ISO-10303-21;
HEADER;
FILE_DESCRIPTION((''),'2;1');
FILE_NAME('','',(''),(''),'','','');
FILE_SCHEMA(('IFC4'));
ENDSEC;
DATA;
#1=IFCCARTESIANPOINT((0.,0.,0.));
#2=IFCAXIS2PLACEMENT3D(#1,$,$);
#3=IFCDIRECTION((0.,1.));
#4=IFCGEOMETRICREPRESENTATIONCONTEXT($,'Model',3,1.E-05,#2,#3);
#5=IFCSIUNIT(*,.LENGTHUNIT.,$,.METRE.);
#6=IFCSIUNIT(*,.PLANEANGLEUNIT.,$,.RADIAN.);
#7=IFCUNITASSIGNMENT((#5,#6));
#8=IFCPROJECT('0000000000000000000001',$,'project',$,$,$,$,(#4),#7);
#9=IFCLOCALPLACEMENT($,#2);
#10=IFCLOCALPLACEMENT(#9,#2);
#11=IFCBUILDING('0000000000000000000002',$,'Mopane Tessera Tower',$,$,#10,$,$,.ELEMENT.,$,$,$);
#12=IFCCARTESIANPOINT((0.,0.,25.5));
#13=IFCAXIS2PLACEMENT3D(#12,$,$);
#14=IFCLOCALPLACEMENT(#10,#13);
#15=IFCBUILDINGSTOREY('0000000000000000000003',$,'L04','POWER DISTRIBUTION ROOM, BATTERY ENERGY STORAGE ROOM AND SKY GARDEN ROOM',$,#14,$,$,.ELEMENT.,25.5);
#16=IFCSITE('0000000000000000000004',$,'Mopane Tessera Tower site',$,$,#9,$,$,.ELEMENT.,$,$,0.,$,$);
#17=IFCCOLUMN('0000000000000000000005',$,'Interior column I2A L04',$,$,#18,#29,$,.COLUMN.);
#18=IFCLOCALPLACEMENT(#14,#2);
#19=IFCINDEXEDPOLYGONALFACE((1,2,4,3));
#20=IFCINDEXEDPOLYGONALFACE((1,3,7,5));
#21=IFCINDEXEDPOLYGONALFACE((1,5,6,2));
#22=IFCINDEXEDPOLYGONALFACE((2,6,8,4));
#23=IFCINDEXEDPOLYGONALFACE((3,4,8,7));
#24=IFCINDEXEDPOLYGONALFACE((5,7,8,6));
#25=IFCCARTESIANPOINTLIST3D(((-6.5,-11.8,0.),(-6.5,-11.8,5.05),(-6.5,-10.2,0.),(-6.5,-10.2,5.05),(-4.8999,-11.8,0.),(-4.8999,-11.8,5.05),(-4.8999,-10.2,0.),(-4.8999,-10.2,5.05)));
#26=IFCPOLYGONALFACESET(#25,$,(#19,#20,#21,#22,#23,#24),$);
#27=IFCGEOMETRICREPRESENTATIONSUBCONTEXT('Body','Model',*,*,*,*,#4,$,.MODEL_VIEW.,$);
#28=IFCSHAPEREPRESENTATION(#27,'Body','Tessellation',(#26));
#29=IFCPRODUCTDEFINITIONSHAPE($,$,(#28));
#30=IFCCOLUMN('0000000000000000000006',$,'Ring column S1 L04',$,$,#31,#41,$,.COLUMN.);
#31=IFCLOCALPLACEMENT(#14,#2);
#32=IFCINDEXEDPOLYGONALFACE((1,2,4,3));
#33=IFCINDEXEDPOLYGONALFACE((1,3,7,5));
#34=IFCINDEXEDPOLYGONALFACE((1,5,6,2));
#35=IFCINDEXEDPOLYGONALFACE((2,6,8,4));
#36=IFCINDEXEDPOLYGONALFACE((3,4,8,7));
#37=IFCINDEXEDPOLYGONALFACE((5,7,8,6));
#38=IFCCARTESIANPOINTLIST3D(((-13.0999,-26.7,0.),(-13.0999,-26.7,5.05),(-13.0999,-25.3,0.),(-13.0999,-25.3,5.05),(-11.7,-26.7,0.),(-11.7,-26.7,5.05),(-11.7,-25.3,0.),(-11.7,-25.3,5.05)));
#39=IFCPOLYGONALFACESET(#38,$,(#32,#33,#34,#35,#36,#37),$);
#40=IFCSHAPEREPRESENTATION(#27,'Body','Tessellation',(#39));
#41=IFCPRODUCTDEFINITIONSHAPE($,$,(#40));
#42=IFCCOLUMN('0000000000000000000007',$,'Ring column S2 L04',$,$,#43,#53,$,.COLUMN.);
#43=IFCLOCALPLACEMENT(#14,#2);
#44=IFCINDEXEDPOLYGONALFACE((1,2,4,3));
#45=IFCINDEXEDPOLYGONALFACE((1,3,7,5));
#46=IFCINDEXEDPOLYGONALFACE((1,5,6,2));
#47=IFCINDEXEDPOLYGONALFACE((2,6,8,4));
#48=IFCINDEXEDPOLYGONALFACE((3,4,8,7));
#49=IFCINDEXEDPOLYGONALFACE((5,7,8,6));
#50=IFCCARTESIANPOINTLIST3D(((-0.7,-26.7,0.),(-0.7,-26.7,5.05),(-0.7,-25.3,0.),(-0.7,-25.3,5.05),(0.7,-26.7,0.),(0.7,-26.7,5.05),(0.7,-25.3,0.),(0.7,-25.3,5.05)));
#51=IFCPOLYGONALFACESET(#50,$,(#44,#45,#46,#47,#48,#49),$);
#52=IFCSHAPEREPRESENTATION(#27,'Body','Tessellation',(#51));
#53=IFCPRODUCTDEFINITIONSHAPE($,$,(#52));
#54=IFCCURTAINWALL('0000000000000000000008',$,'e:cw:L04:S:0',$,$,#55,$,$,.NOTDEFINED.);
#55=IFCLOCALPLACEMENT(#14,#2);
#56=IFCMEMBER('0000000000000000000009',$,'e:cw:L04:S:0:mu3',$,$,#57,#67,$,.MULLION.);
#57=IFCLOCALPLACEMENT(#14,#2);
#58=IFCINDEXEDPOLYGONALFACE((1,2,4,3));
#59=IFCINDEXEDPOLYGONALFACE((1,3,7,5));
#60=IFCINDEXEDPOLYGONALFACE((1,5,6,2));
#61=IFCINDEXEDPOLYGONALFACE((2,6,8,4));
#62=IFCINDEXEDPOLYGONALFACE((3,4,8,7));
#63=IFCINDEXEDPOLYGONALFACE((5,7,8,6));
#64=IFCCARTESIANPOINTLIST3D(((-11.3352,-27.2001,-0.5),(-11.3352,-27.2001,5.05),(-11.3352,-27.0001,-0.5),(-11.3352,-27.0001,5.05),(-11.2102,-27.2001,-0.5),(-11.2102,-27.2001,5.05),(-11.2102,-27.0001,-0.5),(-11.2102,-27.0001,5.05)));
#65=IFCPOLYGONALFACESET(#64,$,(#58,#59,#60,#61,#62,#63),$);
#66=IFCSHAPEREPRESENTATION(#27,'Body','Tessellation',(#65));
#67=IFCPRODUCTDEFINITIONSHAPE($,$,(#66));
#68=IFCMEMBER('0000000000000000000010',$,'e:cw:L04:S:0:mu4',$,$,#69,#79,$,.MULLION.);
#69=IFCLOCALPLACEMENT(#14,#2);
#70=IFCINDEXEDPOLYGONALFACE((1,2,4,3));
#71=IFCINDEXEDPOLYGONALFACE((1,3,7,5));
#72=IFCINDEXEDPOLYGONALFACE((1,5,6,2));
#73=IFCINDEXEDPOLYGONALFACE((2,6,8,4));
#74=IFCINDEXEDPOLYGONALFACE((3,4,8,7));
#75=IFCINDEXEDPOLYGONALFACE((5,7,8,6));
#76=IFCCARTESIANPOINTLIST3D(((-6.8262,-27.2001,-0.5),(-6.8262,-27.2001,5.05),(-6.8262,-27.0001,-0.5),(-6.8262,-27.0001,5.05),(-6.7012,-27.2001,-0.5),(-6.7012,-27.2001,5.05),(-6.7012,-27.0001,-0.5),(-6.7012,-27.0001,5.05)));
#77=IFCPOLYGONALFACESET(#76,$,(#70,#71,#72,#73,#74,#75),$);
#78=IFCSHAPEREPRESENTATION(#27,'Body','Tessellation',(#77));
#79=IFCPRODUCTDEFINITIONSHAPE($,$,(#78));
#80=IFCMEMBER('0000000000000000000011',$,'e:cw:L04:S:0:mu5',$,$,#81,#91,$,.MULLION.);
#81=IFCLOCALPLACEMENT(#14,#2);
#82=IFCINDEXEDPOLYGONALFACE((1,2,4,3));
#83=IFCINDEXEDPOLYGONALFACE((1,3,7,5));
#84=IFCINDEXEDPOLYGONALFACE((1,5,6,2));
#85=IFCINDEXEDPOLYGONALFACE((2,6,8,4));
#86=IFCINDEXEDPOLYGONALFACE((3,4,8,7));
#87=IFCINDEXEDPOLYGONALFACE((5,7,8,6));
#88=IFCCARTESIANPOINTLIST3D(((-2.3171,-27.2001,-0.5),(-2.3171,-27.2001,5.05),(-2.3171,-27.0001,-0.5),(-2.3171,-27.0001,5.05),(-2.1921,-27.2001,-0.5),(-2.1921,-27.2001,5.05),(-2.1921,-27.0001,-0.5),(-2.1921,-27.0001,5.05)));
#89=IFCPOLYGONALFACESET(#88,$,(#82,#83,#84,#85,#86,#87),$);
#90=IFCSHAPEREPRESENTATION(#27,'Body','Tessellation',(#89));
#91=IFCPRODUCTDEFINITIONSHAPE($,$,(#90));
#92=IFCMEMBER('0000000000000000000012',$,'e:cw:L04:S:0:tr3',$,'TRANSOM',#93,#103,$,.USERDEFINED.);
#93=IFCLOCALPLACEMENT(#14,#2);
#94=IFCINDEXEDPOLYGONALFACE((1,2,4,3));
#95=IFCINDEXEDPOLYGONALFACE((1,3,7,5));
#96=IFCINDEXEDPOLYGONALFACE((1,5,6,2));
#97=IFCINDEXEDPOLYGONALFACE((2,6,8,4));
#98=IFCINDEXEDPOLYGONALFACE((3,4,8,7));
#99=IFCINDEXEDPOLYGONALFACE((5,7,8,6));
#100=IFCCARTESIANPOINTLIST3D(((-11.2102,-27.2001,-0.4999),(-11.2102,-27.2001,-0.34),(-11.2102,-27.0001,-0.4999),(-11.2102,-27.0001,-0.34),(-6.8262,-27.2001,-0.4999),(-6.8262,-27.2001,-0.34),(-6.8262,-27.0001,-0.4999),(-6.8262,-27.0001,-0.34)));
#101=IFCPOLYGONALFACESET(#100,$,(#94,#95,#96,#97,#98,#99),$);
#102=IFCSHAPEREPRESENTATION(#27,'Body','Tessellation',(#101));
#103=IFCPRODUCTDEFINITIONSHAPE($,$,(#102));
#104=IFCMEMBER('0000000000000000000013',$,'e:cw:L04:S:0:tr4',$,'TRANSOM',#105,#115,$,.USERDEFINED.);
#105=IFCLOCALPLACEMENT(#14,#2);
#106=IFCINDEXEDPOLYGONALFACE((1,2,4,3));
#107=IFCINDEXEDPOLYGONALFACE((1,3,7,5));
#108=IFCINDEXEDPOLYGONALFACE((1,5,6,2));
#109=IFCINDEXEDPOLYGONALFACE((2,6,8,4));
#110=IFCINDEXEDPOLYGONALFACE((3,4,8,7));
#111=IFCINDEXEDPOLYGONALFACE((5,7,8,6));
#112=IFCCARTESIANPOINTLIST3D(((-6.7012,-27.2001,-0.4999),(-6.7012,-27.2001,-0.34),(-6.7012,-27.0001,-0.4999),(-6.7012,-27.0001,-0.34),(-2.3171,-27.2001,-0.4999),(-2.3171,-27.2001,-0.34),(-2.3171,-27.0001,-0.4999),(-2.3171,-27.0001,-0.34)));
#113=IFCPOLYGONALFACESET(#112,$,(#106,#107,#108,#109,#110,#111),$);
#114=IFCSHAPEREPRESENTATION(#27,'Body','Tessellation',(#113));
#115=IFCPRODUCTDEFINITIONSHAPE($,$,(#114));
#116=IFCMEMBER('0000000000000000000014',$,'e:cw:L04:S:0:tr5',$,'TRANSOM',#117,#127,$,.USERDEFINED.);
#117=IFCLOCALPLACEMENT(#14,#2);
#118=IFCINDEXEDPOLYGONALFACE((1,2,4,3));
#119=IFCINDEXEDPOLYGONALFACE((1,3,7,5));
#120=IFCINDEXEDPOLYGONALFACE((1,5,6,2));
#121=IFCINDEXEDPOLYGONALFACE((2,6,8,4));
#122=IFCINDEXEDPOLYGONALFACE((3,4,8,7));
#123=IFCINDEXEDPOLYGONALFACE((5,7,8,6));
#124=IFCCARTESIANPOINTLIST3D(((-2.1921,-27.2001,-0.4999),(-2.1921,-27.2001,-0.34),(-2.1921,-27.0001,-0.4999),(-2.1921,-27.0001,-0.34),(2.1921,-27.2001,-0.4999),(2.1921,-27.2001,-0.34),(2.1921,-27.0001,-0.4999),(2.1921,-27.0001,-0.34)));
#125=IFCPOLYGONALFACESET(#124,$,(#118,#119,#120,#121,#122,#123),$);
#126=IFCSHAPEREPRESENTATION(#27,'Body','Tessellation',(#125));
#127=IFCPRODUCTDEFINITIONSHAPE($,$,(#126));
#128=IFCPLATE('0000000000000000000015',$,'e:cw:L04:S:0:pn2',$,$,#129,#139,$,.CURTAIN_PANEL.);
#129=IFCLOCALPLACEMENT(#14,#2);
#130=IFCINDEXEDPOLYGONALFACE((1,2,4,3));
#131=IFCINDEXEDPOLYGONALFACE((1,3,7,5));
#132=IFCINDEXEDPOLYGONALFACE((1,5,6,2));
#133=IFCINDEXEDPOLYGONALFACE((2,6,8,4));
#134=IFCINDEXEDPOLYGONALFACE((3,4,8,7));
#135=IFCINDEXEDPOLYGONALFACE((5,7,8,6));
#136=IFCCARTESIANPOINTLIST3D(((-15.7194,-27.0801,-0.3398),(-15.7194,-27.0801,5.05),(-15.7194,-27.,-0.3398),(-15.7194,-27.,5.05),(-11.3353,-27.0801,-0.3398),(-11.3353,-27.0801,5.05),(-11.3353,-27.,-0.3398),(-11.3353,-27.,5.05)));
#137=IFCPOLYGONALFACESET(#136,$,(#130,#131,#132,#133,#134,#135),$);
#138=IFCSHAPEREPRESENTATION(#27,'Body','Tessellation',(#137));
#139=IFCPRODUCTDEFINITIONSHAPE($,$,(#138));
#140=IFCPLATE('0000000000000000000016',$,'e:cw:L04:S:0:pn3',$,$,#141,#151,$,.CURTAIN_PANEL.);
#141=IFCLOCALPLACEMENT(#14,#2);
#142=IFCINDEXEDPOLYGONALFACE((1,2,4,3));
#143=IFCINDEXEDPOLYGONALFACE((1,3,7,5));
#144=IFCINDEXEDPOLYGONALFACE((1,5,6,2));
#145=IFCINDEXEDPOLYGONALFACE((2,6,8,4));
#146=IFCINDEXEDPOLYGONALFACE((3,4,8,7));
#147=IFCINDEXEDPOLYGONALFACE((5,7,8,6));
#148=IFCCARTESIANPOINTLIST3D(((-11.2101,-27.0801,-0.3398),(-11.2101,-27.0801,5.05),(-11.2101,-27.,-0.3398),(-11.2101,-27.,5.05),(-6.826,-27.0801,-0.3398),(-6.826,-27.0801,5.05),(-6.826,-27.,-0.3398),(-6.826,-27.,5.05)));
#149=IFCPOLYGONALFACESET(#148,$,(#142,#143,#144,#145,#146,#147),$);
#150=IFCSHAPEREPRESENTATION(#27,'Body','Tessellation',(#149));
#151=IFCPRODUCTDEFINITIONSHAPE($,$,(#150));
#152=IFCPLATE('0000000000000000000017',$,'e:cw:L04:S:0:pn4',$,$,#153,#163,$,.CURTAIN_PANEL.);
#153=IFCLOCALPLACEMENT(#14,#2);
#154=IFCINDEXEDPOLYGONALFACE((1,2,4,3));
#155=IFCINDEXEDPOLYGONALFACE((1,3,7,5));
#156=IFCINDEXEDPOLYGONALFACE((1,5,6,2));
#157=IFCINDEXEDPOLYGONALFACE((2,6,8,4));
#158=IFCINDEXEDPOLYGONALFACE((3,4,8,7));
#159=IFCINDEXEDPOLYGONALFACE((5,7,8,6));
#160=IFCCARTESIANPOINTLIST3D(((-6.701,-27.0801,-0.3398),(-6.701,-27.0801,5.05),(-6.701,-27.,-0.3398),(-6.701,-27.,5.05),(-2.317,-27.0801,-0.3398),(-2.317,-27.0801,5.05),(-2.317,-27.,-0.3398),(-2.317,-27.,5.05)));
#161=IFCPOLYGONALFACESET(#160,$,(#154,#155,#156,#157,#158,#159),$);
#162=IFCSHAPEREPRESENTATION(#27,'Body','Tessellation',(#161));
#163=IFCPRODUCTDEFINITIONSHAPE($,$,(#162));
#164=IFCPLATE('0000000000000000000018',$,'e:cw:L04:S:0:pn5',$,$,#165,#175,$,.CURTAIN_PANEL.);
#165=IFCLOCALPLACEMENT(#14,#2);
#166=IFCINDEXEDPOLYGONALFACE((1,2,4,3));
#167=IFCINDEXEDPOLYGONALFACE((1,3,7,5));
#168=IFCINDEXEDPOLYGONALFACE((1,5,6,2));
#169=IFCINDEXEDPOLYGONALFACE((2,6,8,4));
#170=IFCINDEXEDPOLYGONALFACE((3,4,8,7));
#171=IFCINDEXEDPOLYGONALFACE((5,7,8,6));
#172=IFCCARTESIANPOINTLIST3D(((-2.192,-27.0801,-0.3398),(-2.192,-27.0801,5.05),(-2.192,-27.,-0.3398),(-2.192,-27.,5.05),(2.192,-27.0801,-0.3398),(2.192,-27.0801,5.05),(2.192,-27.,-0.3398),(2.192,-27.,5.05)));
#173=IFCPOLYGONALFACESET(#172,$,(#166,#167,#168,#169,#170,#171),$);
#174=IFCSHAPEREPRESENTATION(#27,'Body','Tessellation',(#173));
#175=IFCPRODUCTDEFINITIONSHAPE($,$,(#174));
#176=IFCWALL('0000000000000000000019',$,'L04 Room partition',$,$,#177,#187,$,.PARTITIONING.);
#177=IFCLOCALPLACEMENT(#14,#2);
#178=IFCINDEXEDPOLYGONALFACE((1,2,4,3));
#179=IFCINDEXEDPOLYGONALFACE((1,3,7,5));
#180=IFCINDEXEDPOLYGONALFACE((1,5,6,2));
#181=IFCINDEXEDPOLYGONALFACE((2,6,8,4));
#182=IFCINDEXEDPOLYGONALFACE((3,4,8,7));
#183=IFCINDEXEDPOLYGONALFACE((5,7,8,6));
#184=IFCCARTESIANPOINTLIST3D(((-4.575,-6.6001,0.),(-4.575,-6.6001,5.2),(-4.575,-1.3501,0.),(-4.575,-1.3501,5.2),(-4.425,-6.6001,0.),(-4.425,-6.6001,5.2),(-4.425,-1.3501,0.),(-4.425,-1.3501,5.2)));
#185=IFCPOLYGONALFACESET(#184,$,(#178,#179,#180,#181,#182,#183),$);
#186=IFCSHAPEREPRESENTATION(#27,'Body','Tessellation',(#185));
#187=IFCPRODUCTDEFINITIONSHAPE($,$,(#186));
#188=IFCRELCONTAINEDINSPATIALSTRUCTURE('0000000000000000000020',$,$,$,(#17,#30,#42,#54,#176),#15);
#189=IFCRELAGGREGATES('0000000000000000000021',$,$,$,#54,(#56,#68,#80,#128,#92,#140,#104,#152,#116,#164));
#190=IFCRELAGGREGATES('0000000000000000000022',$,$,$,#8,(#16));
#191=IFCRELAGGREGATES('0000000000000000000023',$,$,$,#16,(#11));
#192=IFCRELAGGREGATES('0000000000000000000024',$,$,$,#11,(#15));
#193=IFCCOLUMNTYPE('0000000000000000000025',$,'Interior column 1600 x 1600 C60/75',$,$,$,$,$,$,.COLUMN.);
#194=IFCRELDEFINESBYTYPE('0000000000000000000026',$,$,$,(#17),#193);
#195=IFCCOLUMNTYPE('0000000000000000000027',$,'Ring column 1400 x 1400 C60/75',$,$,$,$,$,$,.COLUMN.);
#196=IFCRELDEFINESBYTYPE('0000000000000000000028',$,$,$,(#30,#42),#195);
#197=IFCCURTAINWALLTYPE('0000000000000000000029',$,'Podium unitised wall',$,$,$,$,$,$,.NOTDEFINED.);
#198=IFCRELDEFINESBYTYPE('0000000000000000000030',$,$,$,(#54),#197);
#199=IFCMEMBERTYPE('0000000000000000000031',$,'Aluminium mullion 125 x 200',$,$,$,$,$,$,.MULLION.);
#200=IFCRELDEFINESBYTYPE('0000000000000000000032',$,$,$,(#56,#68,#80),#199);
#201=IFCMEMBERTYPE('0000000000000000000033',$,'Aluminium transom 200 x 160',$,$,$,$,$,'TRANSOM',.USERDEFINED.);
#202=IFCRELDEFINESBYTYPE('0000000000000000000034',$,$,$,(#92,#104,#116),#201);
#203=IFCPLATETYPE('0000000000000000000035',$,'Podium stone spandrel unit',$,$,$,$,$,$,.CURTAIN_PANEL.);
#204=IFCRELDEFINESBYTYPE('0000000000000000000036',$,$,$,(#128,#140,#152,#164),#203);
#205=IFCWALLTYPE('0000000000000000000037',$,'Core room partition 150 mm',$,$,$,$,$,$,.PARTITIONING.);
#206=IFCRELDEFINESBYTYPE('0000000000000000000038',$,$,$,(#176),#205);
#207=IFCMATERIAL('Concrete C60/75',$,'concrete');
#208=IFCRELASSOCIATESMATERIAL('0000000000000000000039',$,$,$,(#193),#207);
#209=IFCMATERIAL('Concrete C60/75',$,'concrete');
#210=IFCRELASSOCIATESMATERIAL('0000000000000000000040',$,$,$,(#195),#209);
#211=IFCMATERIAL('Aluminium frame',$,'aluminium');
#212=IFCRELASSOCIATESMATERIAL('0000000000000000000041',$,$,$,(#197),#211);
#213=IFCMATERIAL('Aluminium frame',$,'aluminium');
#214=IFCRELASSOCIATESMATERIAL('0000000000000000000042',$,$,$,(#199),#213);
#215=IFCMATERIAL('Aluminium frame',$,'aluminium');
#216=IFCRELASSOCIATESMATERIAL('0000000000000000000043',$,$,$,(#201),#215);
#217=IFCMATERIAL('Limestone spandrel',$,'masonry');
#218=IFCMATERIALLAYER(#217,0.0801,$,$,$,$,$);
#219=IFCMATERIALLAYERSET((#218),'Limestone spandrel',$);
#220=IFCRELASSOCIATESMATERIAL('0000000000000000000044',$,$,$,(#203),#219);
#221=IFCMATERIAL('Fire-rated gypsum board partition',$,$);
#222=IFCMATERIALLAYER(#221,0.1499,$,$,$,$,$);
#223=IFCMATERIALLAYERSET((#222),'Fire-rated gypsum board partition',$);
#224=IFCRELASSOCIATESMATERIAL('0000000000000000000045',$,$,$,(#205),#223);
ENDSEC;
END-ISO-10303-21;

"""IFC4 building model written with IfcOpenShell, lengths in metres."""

from ifc_helpers import new_model, si_unit, direction, frame, frame_2d, origin, origin_2d, place, context, subcontext, project, spatial, rectangle, extrude, material, layer, layer_set, material_profile, profile_set, type_object, element, aggregate, save


model = new_model("IFC4")

# Units and contexts
model_context = context("Model", 3, precision=1e-05, world=origin(), true_north=direction((0.0, 1.0)))
body_context = subcontext(model_context, "Body", "Model", "MODEL_VIEW")
ifc_project = project(units=[si_unit("LENGTHUNIT", "METRE"), si_unit("PLANEANGLEUNIT", "RADIAN")], contexts=[model_context])

# Site, building, storey
site_placement = place(None, origin())
site = spatial("IfcSite", under=ifc_project, at=site_placement, Name="Mopane Tessera Tower site", CompositionType="ELEMENT", RefElevation=0.0)
building_placement = place(site_placement, origin())
building = spatial("IfcBuilding", under=site, at=building_placement, Name="Mopane Tessera Tower", CompositionType="ELEMENT")
storey_placement = place(building_placement, frame((0.0, 0.0, 25.5)))
storey = spatial("IfcBuildingStorey", under=building, at=storey_placement, Name="L04", Description="POWER DISTRIBUTION ROOM, BATTERY ENERGY STORAGE ROOM AND SKY GARDEN ROOM", CompositionType="ELEMENT", Elevation=25.5)

# Columns
ifc_material_1 = material(Name="Concrete C60/75", Category="concrete")
ifc_material_profile_1 = material_profile(ifc_material_1, rectangle(XDim=1.6001, YDim=1.6001, at=origin_2d()))
ifc_profile_set_1 = profile_set([ifc_material_profile_1], Name="Concrete C60/75")
column_type_1 = type_object("IfcColumnType", Name="Interior column 1600 x 1600 C60/75", PredefinedType="COLUMN", material=ifc_profile_set_1)
column_placement = place(storey_placement, frame((-5.7, -11.0, 0.0), z_axis=(0.0, 0.0, 1.0), x_axis=(1.0, 0.0, 0.0)))
element("IfcColumn", 1, at=column_placement, inside=storey, type_object=column_type_1, Name="Interior column I2A L04", PredefinedType="COLUMN", context=body_context, shape_type="SweptSolid", body=[
    extrude(rectangle(XDim=1.6001, YDim=1.6001, at=origin_2d()), origin(), (0.0, 0.0, 1.0), 5.05),
])
ifc_material_2 = material(Name="Concrete C60/75", Category="concrete")
ifc_material_profile_2 = material_profile(ifc_material_2, rectangle(XDim=1.3999, YDim=1.3999, at=origin_2d()))
ifc_profile_set_2 = profile_set([ifc_material_profile_2], Name="Concrete C60/75")
column_type_2 = type_object("IfcColumnType", Name="Ring column 1400 x 1400 C60/75", PredefinedType="COLUMN", material=ifc_profile_set_2)
for number, where, z_axis, x_axis, name in (
    (2, (-12.3999, -26.0, 0.0), (0.0, 0.0, 1.0), (1.0, 0.0, 0.0), "Ring column S1 L04"),
    (3, (0.0, -26.0, 0.0), (0.0, 0.0, 1.0), (1.0, 0.0, 0.0), "Ring column S2 L04"),
):
    element("IfcColumn", number, at=place(storey_placement, frame(where, z_axis=z_axis, x_axis=x_axis)), inside=storey, type_object=column_type_2, Name=name, PredefinedType="COLUMN", context=body_context, shape_type="SweptSolid", body=[
        extrude(rectangle(XDim=1.3999, YDim=1.3999, at=origin_2d()), origin(), (0.0, 0.0, 1.0), 5.05),
    ])

# Curtain wall, members, plates
ifc_material_3 = material(Name="Aluminium frame", Category="aluminium")
curtain_wall_type = type_object("IfcCurtainWallType", Name="Podium unitised wall", PredefinedType="NOTDEFINED", material=ifc_material_3)
curtain_wall_placement = place(storey_placement, origin())
curtain_wall = element("IfcCurtainWall", 4, at=curtain_wall_placement, inside=storey, type_object=curtain_wall_type, Name="e:cw:L04:S:0", PredefinedType="NOTDEFINED")
ifc_material_4 = material(Name="Aluminium frame", Category="aluminium")
ifc_material_profile_3 = material_profile(ifc_material_4, rectangle(XDim=0.125, YDim=0.2, at=origin_2d()))
ifc_profile_set_3 = profile_set([ifc_material_profile_3], Name="Aluminium frame")
member_type_1 = type_object("IfcMemberType", Name="Aluminium mullion 125 x 200", PredefinedType="MULLION", material=ifc_profile_set_3)
member_1_placement = place(storey_placement, frame((-11.2727, -27.1001, -0.5), z_axis=(0.0, 0.0, 1.0), x_axis=(1.0, 0.0, 0.0)))
member_1 = element("IfcMember", 5, at=member_1_placement, type_object=member_type_1, Name="e:cw:L04:S:0:mu3", PredefinedType="MULLION", context=body_context, shape_type="SweptSolid", body=[
    extrude(rectangle(XDim=0.125, YDim=0.2, at=origin_2d()), origin(), (0.0, 0.0, 1.0), 5.55),
])
member_2_placement = place(storey_placement, frame((-6.7637, -27.1001, -0.5), z_axis=(0.0, 0.0, 1.0), x_axis=(1.0, 0.0, 0.0)))
member_2 = element("IfcMember", 6, at=member_2_placement, type_object=member_type_1, Name="e:cw:L04:S:0:mu4", PredefinedType="MULLION", context=body_context, shape_type="SweptSolid", body=[
    extrude(rectangle(XDim=0.125, YDim=0.2, at=origin_2d()), origin(), (0.0, 0.0, 1.0), 5.55),
])
member_3_placement = place(storey_placement, frame((-2.2546, -27.1001, -0.5), z_axis=(0.0, 0.0, 1.0), x_axis=(1.0, 0.0, 0.0)))
member_3 = element("IfcMember", 7, at=member_3_placement, type_object=member_type_1, Name="e:cw:L04:S:0:mu5", PredefinedType="MULLION", context=body_context, shape_type="SweptSolid", body=[
    extrude(rectangle(XDim=0.125, YDim=0.2, at=origin_2d()), origin(), (0.0, 0.0, 1.0), 5.55),
])
ifc_material_5 = material(Name="Aluminium frame", Category="aluminium")
ifc_material_profile_4 = material_profile(ifc_material_5, rectangle(XDim=0.2, YDim=0.1599, at=origin_2d()))
ifc_profile_set_4 = profile_set([ifc_material_profile_4], Name="Aluminium frame")
member_type_2 = type_object("IfcMemberType", Name="Aluminium transom 200 x 160", ElementType="TRANSOM", PredefinedType="USERDEFINED", material=ifc_profile_set_4)
member_4_placement = place(storey_placement, frame((-11.2102, -27.1001, -0.4199), z_axis=(1.0, 0.0, 0.0), x_axis=(0.0, 1.0, 0.0)))
member_4 = element("IfcMember", 8, at=member_4_placement, type_object=member_type_2, Name="e:cw:L04:S:0:tr3", ObjectType="TRANSOM", PredefinedType="USERDEFINED", context=body_context, shape_type="SweptSolid", body=[
    extrude(rectangle(XDim=0.2, YDim=0.1599, at=origin_2d()), origin(), (0.0, 0.0, 1.0), 4.384),
])
member_5_placement = place(storey_placement, frame((-6.7012, -27.1001, -0.4199), z_axis=(1.0, 0.0, 0.0), x_axis=(0.0, 1.0, 0.0)))
member_5 = element("IfcMember", 9, at=member_5_placement, type_object=member_type_2, Name="e:cw:L04:S:0:tr4", ObjectType="TRANSOM", PredefinedType="USERDEFINED", context=body_context, shape_type="SweptSolid", body=[
    extrude(rectangle(XDim=0.2, YDim=0.1599, at=origin_2d()), origin(), (0.0, 0.0, 1.0), 4.384),
])
member_6_placement = place(storey_placement, frame((-2.1921, -27.1001, -0.4199), z_axis=(1.0, 0.0, 0.0), x_axis=(0.0, 1.0, 0.0)))
member_6 = element("IfcMember", 10, at=member_6_placement, type_object=member_type_2, Name="e:cw:L04:S:0:tr5", ObjectType="TRANSOM", PredefinedType="USERDEFINED", context=body_context, shape_type="SweptSolid", body=[
    extrude(rectangle(XDim=0.2, YDim=0.1599, at=origin_2d()), origin(), (0.0, 0.0, 1.0), 4.3843),
])
ifc_material_6 = material(Name="Limestone spandrel", Category="masonry")
ifc_layer_1 = layer(ifc_material_6, 0.0801)
ifc_layer_set_1 = layer_set([ifc_layer_1], Name="Limestone spandrel")
plate_type = type_object("IfcPlateType", Name="Podium stone spandrel unit", PredefinedType="CURTAIN_PANEL", material=ifc_layer_set_1)
plate_1_placement = place(storey_placement, frame((-13.5273, -27.04, -0.3398), z_axis=(0.0, 0.0, 1.0), x_axis=(1.0, 0.0, 0.0)))
plate_1 = element("IfcPlate", 11, at=plate_1_placement, type_object=plate_type, Name="e:cw:L04:S:0:pn2", PredefinedType="CURTAIN_PANEL", context=body_context, shape_type="SweptSolid", body=[
    extrude(rectangle(XDim=4.384, YDim=0.0801, at=origin_2d()), origin(), (0.0, 0.0, 1.0), 5.3899),
])
plate_2_placement = place(storey_placement, frame((-9.0181, -27.04, -0.3398), z_axis=(0.0, 0.0, 1.0), x_axis=(1.0, 0.0, 0.0)))
plate_2 = element("IfcPlate", 12, at=plate_2_placement, type_object=plate_type, Name="e:cw:L04:S:0:pn3", PredefinedType="CURTAIN_PANEL", context=body_context, shape_type="SweptSolid", body=[
    extrude(rectangle(XDim=4.384, YDim=0.0801, at=origin_2d()), origin(), (0.0, 0.0, 1.0), 5.3899),
])
plate_3_placement = place(storey_placement, frame((-4.509, -27.04, -0.3398), z_axis=(0.0, 0.0, 1.0), x_axis=(1.0, 0.0, 0.0)))
plate_3 = element("IfcPlate", 13, at=plate_3_placement, type_object=plate_type, Name="e:cw:L04:S:0:pn4", PredefinedType="CURTAIN_PANEL", context=body_context, shape_type="SweptSolid", body=[
    extrude(rectangle(XDim=4.384, YDim=0.0801, at=origin_2d()), origin(), (0.0, 0.0, 1.0), 5.3899),
])
plate_4_placement = place(storey_placement, frame((0.0, -27.04, -0.3398), z_axis=(0.0, 0.0, 1.0), x_axis=(1.0, 0.0, 0.0)))
plate_4 = element("IfcPlate", 14, at=plate_4_placement, type_object=plate_type, Name="e:cw:L04:S:0:pn5", PredefinedType="CURTAIN_PANEL", context=body_context, shape_type="SweptSolid", body=[
    extrude(rectangle(XDim=4.384, YDim=0.0801, at=origin_2d()), origin(), (0.0, 0.0, 1.0), 5.3899),
])
aggregate(curtain_wall, [member_1, member_2, member_3, plate_1, member_4, plate_2, member_5, plate_3, member_6, plate_4])

# Wall
ifc_material_7 = material(Name="Fire-rated gypsum board partition")
ifc_layer_2 = layer(ifc_material_7, 0.1499)
ifc_layer_set_2 = layer_set([ifc_layer_2], Name="Fire-rated gypsum board partition")
wall_type_1 = type_object("IfcWallType", Name="Core room partition 150 mm", PredefinedType="PARTITIONING", material=ifc_layer_set_2)
for number, where, z_axis, x_axis, name in (
    (15, (-4.5, -6.6001, 0.0), (0.0, 0.0, 1.0), (0.0, 1.0, 0.0), "L04 Room partition"),
):
    element("IfcWall", number, at=place(storey_placement, frame(where, z_axis=z_axis, x_axis=x_axis)), inside=storey, type_object=wall_type_1, Name=name, PredefinedType="PARTITIONING", context=body_context, shape_type="SweptSolid", body=[
        extrude(rectangle(XDim=5.25, YDim=0.1499, at=frame_2d((2.625, 0.0))), origin(), (0.0, 0.0, 1.0), 5.2),
    ])

save(model, "model.ifc")
